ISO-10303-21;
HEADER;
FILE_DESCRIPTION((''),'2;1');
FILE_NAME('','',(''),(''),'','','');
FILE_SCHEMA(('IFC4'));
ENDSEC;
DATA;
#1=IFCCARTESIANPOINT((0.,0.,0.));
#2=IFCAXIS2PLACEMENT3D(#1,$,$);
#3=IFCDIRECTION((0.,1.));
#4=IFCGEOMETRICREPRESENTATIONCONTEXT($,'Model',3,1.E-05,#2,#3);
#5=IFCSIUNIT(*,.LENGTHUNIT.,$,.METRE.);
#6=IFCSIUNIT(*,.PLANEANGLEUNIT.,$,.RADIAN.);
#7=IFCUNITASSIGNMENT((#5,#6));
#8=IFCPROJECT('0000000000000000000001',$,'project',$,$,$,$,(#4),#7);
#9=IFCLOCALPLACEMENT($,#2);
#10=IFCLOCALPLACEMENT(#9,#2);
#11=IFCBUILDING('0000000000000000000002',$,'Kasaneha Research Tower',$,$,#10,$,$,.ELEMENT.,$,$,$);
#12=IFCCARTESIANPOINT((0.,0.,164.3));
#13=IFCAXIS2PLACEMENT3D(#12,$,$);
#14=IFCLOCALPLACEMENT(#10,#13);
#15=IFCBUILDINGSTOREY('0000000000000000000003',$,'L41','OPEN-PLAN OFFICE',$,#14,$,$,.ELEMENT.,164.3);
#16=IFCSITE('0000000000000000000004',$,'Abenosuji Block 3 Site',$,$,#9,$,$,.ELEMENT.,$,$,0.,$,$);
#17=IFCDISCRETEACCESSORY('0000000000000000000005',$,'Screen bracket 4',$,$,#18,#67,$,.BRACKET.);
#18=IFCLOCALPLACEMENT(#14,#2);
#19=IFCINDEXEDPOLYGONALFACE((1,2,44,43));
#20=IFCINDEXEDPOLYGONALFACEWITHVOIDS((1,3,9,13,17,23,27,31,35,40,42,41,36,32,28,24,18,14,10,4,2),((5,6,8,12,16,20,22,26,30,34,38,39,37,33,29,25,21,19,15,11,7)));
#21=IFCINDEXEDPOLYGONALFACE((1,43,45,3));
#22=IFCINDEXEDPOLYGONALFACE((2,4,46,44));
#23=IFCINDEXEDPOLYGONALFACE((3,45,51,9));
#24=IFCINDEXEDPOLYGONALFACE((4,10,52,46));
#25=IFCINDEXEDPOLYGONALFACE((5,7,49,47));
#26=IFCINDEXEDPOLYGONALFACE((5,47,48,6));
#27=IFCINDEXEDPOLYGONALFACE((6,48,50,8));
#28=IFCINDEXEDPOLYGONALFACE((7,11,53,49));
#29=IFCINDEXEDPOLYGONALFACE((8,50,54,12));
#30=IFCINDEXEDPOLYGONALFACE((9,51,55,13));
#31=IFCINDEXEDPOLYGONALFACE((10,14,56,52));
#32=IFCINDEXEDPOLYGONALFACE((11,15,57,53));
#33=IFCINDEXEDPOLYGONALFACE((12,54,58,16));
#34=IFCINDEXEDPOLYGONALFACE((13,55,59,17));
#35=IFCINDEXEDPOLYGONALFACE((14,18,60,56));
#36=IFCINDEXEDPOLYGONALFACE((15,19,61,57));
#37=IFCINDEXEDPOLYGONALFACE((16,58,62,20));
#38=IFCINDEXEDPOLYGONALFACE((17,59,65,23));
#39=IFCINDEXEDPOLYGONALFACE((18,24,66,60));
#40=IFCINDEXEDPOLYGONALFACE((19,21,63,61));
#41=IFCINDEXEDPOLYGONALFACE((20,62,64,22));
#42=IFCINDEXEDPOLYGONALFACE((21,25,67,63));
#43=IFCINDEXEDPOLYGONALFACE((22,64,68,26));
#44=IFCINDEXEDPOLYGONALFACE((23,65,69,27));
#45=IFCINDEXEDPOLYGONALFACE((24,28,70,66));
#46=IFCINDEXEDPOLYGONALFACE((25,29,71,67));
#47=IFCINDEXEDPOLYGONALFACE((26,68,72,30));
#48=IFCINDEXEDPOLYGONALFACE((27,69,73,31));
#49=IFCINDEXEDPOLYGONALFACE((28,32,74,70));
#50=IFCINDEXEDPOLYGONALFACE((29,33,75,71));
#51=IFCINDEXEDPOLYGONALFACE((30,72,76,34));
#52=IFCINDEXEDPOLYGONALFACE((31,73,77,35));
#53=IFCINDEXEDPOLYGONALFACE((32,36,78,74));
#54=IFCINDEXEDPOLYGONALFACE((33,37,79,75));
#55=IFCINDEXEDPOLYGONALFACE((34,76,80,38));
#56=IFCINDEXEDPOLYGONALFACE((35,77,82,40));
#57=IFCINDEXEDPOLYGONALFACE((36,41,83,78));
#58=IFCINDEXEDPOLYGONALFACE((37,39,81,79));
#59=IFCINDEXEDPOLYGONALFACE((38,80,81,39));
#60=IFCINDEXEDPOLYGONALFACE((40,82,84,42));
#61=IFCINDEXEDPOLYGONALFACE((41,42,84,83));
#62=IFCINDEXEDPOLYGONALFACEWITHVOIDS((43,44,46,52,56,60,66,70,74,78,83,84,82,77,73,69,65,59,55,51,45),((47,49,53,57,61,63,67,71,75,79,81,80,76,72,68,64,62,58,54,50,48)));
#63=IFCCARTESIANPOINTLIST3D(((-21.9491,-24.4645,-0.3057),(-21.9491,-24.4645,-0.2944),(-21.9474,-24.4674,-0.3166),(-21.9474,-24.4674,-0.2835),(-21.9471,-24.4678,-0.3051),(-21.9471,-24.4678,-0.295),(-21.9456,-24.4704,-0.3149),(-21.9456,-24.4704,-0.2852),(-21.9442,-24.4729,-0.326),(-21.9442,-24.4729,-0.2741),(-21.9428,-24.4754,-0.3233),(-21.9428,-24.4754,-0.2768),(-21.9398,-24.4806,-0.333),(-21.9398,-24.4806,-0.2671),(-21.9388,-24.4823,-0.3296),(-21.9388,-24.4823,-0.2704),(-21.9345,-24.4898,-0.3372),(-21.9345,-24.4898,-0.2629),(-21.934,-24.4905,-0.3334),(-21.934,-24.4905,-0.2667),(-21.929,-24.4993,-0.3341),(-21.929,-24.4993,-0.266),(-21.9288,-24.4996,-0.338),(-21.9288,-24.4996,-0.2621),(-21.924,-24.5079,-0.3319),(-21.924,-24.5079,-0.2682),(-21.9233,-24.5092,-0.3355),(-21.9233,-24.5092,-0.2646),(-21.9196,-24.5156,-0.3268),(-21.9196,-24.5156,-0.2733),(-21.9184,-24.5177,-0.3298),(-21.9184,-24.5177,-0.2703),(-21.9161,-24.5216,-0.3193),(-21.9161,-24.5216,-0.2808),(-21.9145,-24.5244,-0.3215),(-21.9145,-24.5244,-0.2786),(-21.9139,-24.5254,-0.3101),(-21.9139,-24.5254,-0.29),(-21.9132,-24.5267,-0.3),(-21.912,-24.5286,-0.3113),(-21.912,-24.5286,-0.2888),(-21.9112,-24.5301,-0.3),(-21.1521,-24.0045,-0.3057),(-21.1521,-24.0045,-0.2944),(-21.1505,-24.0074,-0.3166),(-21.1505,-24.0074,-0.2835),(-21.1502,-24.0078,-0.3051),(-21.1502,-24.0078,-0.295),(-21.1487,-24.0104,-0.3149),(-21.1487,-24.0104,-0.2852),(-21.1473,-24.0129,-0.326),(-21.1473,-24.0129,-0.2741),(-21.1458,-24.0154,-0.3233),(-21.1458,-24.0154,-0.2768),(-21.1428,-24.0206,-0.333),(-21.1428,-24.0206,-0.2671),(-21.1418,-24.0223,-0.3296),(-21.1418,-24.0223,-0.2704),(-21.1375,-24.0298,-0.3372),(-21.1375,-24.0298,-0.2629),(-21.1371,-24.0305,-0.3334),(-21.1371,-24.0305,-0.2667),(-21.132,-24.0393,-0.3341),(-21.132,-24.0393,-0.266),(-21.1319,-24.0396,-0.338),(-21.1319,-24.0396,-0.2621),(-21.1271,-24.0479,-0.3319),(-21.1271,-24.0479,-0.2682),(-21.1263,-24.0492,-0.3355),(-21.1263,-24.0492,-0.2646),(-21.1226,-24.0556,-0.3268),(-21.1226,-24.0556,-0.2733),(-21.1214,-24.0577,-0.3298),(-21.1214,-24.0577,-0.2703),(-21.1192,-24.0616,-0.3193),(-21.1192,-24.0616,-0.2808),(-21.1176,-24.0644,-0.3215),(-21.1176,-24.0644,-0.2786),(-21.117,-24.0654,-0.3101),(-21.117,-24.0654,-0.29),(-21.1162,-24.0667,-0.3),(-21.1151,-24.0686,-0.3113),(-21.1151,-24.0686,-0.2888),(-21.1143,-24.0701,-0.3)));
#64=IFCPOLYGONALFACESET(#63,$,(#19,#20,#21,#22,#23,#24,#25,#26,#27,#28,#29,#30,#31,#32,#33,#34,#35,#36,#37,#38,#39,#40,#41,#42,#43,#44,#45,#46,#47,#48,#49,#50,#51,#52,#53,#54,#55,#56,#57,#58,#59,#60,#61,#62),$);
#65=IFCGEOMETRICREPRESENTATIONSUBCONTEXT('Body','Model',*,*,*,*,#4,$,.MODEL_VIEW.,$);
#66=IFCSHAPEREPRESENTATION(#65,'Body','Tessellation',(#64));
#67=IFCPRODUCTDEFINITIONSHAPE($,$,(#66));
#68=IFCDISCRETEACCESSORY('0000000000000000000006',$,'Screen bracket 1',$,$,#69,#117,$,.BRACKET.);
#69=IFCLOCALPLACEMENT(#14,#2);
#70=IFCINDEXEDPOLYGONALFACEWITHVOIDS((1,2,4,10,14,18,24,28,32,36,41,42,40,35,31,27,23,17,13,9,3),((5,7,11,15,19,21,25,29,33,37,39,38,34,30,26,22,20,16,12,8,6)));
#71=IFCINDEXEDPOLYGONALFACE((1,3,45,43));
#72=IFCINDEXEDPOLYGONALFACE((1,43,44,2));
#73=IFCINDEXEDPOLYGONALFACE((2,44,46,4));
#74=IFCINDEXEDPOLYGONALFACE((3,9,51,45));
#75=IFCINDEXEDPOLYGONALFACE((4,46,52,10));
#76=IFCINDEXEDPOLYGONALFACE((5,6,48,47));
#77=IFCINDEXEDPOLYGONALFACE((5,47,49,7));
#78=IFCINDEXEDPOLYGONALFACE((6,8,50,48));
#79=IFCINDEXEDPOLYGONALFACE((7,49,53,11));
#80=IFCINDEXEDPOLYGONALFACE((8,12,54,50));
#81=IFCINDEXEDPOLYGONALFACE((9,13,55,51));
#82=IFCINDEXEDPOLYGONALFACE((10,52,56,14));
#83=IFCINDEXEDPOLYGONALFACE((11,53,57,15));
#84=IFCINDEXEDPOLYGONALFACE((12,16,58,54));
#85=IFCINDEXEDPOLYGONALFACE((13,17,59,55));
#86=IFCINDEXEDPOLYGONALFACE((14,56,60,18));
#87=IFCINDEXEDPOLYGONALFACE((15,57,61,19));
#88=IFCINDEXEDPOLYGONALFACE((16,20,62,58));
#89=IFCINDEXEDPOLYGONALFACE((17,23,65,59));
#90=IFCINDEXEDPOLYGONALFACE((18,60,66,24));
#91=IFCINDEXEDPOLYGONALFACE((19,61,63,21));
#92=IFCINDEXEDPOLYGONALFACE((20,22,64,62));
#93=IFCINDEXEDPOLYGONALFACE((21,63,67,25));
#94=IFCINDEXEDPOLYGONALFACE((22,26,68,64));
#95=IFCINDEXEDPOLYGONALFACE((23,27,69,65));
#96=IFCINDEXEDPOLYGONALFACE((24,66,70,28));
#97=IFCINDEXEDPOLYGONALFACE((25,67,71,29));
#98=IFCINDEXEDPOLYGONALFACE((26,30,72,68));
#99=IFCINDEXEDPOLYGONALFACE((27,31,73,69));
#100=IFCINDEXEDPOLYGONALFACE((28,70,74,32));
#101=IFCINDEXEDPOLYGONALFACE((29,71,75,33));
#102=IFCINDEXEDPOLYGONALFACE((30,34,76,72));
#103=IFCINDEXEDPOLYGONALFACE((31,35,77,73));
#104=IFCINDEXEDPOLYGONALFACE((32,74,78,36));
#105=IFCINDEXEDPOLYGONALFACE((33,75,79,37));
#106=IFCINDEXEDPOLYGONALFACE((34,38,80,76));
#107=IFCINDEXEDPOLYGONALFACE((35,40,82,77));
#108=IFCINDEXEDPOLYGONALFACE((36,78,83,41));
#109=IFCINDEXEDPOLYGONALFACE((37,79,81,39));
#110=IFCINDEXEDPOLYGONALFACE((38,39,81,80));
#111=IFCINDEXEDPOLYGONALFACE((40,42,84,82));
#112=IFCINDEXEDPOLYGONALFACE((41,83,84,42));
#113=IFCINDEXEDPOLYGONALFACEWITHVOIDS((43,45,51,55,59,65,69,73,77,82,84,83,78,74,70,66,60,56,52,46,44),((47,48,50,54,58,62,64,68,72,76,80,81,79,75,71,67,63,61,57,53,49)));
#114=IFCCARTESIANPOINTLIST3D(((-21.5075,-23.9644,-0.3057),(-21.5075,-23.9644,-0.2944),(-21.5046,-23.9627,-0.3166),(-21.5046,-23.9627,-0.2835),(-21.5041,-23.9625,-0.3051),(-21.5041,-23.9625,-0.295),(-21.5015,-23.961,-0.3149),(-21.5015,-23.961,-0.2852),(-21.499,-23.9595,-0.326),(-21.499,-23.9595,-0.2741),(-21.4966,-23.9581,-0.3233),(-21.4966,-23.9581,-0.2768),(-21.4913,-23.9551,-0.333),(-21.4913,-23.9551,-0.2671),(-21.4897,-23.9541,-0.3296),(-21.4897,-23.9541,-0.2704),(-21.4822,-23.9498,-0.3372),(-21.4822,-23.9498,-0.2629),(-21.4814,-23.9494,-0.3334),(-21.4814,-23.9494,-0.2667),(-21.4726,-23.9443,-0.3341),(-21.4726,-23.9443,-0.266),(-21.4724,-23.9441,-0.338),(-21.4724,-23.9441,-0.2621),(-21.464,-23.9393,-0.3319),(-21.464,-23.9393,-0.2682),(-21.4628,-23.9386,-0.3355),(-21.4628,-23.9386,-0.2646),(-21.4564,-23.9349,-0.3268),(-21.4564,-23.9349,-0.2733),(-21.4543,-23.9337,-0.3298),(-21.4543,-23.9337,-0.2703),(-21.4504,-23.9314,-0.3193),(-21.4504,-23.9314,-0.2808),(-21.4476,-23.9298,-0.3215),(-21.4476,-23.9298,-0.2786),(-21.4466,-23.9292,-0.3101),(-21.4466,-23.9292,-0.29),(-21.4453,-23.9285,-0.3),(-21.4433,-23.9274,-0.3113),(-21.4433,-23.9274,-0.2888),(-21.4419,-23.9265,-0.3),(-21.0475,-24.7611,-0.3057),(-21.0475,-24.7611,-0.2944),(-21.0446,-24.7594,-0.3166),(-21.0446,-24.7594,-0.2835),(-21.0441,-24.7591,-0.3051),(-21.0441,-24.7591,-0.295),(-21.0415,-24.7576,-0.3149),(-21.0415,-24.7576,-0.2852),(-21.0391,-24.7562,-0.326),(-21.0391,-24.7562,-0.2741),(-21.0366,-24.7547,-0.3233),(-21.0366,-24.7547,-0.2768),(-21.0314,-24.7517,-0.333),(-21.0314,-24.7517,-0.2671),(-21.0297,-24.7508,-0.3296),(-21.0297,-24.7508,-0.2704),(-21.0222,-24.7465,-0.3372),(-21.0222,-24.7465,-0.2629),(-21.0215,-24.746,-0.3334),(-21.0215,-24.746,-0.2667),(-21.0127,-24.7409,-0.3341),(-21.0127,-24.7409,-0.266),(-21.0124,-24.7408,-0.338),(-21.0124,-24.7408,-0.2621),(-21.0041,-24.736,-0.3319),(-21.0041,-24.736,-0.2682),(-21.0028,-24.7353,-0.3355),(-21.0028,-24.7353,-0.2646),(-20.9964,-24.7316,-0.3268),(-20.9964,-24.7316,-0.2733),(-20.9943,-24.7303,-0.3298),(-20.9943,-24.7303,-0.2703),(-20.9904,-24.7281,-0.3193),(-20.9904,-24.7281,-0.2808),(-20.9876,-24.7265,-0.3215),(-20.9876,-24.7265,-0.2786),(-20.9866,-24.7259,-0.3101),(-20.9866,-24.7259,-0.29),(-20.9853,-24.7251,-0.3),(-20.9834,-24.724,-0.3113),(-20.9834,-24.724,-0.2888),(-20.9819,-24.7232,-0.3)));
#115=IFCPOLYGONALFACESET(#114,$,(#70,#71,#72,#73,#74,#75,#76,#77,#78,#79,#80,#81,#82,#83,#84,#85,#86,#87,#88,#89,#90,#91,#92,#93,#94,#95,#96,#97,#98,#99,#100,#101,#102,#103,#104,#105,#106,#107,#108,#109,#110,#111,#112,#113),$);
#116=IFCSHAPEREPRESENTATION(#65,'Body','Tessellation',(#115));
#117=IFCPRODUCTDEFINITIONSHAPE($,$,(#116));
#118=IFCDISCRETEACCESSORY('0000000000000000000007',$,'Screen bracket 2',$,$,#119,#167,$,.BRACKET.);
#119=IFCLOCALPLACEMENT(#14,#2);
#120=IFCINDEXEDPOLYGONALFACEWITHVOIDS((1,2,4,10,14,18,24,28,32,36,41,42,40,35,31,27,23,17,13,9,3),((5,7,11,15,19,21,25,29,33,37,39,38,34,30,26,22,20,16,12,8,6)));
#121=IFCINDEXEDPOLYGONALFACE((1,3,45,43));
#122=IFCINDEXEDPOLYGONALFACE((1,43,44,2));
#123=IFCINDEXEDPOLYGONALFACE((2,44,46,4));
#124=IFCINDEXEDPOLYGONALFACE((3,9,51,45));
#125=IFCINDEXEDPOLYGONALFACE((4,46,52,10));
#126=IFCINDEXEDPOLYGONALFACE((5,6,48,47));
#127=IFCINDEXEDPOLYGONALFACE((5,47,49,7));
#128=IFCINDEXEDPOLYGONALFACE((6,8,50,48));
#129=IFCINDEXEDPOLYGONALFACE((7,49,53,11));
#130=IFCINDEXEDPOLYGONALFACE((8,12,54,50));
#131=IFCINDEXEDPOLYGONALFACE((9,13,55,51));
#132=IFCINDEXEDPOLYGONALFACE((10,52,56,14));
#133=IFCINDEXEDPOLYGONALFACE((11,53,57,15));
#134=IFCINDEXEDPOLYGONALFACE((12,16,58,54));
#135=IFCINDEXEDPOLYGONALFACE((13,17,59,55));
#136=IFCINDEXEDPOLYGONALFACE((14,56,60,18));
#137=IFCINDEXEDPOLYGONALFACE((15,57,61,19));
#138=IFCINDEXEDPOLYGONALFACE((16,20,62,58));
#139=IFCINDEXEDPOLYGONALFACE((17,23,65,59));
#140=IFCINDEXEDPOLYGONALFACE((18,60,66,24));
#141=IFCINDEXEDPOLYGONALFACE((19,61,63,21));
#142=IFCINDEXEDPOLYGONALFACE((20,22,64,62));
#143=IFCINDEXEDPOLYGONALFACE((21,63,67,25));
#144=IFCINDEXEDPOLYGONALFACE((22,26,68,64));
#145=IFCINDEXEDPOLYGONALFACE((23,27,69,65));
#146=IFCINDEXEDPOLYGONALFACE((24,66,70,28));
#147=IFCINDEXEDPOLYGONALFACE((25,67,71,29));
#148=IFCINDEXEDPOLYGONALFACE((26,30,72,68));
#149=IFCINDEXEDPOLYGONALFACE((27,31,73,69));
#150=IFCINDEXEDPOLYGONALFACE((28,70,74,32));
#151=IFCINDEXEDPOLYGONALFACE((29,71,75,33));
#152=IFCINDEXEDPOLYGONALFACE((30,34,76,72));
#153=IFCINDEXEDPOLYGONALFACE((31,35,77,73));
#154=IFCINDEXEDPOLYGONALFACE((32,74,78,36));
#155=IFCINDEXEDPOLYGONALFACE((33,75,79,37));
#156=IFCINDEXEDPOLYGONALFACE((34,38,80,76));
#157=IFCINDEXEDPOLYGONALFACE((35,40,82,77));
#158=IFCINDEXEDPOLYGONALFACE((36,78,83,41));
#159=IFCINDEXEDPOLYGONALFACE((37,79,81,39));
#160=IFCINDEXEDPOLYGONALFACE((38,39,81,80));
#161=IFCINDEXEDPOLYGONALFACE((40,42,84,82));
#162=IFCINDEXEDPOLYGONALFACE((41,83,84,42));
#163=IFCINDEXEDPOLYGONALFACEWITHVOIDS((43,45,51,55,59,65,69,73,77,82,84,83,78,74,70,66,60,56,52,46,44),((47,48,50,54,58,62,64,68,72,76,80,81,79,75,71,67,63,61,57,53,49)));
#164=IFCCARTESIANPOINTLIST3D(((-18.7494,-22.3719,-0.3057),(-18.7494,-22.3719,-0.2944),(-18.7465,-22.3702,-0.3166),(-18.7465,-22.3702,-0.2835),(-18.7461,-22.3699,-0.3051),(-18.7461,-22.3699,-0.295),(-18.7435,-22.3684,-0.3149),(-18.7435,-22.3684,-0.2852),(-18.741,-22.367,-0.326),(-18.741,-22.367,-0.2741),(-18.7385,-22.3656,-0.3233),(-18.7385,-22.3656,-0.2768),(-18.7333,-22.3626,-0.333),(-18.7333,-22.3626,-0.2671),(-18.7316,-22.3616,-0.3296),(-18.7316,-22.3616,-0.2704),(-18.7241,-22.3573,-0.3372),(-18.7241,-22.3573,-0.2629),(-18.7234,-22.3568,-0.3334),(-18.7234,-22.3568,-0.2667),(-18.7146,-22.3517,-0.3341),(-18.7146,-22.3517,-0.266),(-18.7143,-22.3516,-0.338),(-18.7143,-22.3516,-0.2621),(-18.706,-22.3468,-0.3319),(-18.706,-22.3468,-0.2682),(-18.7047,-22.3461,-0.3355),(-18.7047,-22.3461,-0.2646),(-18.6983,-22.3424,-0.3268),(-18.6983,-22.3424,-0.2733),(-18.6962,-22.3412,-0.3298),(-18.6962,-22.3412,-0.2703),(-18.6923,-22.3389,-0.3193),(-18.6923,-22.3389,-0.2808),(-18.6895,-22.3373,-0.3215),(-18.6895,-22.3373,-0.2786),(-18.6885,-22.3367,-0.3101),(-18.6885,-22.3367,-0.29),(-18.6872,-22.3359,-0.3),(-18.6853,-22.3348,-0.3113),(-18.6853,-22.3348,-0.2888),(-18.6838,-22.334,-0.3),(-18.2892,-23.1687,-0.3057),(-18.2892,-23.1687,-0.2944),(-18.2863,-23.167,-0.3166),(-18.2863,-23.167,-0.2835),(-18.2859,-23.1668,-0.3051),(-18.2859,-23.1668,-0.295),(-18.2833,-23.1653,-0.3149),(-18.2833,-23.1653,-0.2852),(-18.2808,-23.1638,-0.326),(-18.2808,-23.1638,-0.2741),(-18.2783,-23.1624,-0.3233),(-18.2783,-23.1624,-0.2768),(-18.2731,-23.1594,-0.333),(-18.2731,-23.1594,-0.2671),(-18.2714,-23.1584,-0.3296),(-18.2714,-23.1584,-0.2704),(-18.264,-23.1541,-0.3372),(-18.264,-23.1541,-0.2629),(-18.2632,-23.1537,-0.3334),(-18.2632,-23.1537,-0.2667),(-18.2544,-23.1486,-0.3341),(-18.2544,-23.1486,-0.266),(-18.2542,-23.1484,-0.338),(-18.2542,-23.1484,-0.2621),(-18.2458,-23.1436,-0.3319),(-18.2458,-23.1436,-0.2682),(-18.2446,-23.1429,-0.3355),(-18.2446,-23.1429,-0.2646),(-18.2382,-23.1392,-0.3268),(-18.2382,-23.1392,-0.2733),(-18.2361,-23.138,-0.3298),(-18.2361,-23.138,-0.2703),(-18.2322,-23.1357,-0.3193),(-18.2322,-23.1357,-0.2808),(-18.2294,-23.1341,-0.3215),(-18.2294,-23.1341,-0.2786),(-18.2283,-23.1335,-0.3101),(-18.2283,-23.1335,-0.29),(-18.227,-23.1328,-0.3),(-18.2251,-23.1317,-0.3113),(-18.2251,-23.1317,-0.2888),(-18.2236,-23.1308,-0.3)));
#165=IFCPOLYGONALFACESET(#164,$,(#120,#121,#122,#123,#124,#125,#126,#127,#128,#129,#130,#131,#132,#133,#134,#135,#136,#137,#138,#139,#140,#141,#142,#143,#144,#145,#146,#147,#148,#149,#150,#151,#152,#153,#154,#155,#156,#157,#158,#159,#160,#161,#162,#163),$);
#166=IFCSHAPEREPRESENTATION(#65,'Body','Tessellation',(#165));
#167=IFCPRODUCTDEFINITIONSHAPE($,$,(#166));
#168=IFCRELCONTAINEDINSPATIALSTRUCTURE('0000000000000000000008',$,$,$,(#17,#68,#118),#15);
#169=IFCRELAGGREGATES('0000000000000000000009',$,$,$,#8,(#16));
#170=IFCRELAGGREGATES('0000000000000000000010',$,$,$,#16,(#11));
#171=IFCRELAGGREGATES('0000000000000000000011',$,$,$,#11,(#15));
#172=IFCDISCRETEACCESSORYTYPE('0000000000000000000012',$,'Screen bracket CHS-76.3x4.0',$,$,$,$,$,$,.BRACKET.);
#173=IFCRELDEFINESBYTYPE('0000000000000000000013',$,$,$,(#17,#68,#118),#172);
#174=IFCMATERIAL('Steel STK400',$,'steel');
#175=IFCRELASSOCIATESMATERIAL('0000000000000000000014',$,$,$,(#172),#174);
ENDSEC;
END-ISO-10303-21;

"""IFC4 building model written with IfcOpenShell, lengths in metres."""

from ifc_helpers import new_model, si_unit, direction, frame, origin, origin_2d, place, context, subcontext, project, spatial, hollow_circle, extrude, material, material_profile, profile_set, type_object, element, save


model = new_model("IFC4")

# Units and contexts
model_context = context("Model", 3, precision=1e-05, world=origin(), true_north=direction((0.0, 1.0)))
body_context = subcontext(model_context, "Body", "Model", "MODEL_VIEW")
ifc_project = project(units=[si_unit("LENGTHUNIT", "METRE"), si_unit("PLANEANGLEUNIT", "RADIAN")], contexts=[model_context])

# Site, building, storey
site_placement = place(None, origin())
site = spatial("IfcSite", under=ifc_project, at=site_placement, Name="Abenosuji Block 3 Site", CompositionType="ELEMENT", RefElevation=0.0)
building_placement = place(site_placement, origin())
building = spatial("IfcBuilding", under=site, at=building_placement, Name="Kasaneha Research Tower", CompositionType="ELEMENT")
storey_placement = place(building_placement, frame((0.0, 0.0, 164.3)))
storey = spatial("IfcBuildingStorey", under=building, at=storey_placement, Name="L41", Description="OPEN-PLAN OFFICE", CompositionType="ELEMENT", Elevation=164.3)

# Discrete accessories
ifc_material_1 = material(Name="Steel STK400", Category="steel")
ifc_material_profile_1 = material_profile(ifc_material_1, hollow_circle(Radius=0.0381, WallThickness=0.0039, at=origin_2d()), Name="CHS-76.3x4.0")
ifc_profile_set_1 = profile_set([ifc_material_profile_1], Name="Steel STK400")
discrete_accessory_type = type_object("IfcDiscreteAccessoryType", Name="Screen bracket CHS-76.3x4.0", PredefinedType="BRACKET", material=ifc_profile_set_1)
discrete_accessory_1_placement = place(storey_placement, frame((-21.1333, -24.0371, -0.3), z_axis=(-0.86608, -0.499906, 0.0), x_axis=(0.499906, -0.86608, 0.0)))
element("IfcDiscreteAccessory", 1, at=discrete_accessory_1_placement, inside=storey, type_object=discrete_accessory_type, Name="Screen bracket 4", PredefinedType="BRACKET", context=body_context, shape_type="SweptSolid", body=[
    extrude(hollow_circle(Radius=0.0381, WallThickness=0.0039, at=origin_2d()), origin(), (0.0, 0.0, 1.0), 0.9202),
])
discrete_accessory_2_placement = place(storey_placement, frame((-21.4749, -23.9456, -0.3), z_axis=(0.500021, -0.866013, 0.0), x_axis=(0.866013, 0.500021, 0.0)))
element("IfcDiscreteAccessory", 2, at=discrete_accessory_2_placement, inside=storey, type_object=discrete_accessory_type, Name="Screen bracket 1", PredefinedType="BRACKET", context=body_context, shape_type="SweptSolid", body=[
    extrude(hollow_circle(Radius=0.0381, WallThickness=0.0039, at=origin_2d()), origin(), (0.0, 0.0, 1.0), 0.9199),
])
discrete_accessory_3_placement = place(storey_placement, frame((-18.7168, -22.353, -0.3), z_axis=(0.500105, -0.865965, 0.0), x_axis=(0.865965, 0.500105, 0.0)))
element("IfcDiscreteAccessory", 3, at=discrete_accessory_3_placement, inside=storey, type_object=discrete_accessory_type, Name="Screen bracket 2", PredefinedType="BRACKET", context=body_context, shape_type="SweptSolid", body=[
    extrude(hollow_circle(Radius=0.0381, WallThickness=0.0039, at=origin_2d()), origin(), (0.0, 0.0, 1.0), 0.9202),
])

save(model, "model.ifc")
